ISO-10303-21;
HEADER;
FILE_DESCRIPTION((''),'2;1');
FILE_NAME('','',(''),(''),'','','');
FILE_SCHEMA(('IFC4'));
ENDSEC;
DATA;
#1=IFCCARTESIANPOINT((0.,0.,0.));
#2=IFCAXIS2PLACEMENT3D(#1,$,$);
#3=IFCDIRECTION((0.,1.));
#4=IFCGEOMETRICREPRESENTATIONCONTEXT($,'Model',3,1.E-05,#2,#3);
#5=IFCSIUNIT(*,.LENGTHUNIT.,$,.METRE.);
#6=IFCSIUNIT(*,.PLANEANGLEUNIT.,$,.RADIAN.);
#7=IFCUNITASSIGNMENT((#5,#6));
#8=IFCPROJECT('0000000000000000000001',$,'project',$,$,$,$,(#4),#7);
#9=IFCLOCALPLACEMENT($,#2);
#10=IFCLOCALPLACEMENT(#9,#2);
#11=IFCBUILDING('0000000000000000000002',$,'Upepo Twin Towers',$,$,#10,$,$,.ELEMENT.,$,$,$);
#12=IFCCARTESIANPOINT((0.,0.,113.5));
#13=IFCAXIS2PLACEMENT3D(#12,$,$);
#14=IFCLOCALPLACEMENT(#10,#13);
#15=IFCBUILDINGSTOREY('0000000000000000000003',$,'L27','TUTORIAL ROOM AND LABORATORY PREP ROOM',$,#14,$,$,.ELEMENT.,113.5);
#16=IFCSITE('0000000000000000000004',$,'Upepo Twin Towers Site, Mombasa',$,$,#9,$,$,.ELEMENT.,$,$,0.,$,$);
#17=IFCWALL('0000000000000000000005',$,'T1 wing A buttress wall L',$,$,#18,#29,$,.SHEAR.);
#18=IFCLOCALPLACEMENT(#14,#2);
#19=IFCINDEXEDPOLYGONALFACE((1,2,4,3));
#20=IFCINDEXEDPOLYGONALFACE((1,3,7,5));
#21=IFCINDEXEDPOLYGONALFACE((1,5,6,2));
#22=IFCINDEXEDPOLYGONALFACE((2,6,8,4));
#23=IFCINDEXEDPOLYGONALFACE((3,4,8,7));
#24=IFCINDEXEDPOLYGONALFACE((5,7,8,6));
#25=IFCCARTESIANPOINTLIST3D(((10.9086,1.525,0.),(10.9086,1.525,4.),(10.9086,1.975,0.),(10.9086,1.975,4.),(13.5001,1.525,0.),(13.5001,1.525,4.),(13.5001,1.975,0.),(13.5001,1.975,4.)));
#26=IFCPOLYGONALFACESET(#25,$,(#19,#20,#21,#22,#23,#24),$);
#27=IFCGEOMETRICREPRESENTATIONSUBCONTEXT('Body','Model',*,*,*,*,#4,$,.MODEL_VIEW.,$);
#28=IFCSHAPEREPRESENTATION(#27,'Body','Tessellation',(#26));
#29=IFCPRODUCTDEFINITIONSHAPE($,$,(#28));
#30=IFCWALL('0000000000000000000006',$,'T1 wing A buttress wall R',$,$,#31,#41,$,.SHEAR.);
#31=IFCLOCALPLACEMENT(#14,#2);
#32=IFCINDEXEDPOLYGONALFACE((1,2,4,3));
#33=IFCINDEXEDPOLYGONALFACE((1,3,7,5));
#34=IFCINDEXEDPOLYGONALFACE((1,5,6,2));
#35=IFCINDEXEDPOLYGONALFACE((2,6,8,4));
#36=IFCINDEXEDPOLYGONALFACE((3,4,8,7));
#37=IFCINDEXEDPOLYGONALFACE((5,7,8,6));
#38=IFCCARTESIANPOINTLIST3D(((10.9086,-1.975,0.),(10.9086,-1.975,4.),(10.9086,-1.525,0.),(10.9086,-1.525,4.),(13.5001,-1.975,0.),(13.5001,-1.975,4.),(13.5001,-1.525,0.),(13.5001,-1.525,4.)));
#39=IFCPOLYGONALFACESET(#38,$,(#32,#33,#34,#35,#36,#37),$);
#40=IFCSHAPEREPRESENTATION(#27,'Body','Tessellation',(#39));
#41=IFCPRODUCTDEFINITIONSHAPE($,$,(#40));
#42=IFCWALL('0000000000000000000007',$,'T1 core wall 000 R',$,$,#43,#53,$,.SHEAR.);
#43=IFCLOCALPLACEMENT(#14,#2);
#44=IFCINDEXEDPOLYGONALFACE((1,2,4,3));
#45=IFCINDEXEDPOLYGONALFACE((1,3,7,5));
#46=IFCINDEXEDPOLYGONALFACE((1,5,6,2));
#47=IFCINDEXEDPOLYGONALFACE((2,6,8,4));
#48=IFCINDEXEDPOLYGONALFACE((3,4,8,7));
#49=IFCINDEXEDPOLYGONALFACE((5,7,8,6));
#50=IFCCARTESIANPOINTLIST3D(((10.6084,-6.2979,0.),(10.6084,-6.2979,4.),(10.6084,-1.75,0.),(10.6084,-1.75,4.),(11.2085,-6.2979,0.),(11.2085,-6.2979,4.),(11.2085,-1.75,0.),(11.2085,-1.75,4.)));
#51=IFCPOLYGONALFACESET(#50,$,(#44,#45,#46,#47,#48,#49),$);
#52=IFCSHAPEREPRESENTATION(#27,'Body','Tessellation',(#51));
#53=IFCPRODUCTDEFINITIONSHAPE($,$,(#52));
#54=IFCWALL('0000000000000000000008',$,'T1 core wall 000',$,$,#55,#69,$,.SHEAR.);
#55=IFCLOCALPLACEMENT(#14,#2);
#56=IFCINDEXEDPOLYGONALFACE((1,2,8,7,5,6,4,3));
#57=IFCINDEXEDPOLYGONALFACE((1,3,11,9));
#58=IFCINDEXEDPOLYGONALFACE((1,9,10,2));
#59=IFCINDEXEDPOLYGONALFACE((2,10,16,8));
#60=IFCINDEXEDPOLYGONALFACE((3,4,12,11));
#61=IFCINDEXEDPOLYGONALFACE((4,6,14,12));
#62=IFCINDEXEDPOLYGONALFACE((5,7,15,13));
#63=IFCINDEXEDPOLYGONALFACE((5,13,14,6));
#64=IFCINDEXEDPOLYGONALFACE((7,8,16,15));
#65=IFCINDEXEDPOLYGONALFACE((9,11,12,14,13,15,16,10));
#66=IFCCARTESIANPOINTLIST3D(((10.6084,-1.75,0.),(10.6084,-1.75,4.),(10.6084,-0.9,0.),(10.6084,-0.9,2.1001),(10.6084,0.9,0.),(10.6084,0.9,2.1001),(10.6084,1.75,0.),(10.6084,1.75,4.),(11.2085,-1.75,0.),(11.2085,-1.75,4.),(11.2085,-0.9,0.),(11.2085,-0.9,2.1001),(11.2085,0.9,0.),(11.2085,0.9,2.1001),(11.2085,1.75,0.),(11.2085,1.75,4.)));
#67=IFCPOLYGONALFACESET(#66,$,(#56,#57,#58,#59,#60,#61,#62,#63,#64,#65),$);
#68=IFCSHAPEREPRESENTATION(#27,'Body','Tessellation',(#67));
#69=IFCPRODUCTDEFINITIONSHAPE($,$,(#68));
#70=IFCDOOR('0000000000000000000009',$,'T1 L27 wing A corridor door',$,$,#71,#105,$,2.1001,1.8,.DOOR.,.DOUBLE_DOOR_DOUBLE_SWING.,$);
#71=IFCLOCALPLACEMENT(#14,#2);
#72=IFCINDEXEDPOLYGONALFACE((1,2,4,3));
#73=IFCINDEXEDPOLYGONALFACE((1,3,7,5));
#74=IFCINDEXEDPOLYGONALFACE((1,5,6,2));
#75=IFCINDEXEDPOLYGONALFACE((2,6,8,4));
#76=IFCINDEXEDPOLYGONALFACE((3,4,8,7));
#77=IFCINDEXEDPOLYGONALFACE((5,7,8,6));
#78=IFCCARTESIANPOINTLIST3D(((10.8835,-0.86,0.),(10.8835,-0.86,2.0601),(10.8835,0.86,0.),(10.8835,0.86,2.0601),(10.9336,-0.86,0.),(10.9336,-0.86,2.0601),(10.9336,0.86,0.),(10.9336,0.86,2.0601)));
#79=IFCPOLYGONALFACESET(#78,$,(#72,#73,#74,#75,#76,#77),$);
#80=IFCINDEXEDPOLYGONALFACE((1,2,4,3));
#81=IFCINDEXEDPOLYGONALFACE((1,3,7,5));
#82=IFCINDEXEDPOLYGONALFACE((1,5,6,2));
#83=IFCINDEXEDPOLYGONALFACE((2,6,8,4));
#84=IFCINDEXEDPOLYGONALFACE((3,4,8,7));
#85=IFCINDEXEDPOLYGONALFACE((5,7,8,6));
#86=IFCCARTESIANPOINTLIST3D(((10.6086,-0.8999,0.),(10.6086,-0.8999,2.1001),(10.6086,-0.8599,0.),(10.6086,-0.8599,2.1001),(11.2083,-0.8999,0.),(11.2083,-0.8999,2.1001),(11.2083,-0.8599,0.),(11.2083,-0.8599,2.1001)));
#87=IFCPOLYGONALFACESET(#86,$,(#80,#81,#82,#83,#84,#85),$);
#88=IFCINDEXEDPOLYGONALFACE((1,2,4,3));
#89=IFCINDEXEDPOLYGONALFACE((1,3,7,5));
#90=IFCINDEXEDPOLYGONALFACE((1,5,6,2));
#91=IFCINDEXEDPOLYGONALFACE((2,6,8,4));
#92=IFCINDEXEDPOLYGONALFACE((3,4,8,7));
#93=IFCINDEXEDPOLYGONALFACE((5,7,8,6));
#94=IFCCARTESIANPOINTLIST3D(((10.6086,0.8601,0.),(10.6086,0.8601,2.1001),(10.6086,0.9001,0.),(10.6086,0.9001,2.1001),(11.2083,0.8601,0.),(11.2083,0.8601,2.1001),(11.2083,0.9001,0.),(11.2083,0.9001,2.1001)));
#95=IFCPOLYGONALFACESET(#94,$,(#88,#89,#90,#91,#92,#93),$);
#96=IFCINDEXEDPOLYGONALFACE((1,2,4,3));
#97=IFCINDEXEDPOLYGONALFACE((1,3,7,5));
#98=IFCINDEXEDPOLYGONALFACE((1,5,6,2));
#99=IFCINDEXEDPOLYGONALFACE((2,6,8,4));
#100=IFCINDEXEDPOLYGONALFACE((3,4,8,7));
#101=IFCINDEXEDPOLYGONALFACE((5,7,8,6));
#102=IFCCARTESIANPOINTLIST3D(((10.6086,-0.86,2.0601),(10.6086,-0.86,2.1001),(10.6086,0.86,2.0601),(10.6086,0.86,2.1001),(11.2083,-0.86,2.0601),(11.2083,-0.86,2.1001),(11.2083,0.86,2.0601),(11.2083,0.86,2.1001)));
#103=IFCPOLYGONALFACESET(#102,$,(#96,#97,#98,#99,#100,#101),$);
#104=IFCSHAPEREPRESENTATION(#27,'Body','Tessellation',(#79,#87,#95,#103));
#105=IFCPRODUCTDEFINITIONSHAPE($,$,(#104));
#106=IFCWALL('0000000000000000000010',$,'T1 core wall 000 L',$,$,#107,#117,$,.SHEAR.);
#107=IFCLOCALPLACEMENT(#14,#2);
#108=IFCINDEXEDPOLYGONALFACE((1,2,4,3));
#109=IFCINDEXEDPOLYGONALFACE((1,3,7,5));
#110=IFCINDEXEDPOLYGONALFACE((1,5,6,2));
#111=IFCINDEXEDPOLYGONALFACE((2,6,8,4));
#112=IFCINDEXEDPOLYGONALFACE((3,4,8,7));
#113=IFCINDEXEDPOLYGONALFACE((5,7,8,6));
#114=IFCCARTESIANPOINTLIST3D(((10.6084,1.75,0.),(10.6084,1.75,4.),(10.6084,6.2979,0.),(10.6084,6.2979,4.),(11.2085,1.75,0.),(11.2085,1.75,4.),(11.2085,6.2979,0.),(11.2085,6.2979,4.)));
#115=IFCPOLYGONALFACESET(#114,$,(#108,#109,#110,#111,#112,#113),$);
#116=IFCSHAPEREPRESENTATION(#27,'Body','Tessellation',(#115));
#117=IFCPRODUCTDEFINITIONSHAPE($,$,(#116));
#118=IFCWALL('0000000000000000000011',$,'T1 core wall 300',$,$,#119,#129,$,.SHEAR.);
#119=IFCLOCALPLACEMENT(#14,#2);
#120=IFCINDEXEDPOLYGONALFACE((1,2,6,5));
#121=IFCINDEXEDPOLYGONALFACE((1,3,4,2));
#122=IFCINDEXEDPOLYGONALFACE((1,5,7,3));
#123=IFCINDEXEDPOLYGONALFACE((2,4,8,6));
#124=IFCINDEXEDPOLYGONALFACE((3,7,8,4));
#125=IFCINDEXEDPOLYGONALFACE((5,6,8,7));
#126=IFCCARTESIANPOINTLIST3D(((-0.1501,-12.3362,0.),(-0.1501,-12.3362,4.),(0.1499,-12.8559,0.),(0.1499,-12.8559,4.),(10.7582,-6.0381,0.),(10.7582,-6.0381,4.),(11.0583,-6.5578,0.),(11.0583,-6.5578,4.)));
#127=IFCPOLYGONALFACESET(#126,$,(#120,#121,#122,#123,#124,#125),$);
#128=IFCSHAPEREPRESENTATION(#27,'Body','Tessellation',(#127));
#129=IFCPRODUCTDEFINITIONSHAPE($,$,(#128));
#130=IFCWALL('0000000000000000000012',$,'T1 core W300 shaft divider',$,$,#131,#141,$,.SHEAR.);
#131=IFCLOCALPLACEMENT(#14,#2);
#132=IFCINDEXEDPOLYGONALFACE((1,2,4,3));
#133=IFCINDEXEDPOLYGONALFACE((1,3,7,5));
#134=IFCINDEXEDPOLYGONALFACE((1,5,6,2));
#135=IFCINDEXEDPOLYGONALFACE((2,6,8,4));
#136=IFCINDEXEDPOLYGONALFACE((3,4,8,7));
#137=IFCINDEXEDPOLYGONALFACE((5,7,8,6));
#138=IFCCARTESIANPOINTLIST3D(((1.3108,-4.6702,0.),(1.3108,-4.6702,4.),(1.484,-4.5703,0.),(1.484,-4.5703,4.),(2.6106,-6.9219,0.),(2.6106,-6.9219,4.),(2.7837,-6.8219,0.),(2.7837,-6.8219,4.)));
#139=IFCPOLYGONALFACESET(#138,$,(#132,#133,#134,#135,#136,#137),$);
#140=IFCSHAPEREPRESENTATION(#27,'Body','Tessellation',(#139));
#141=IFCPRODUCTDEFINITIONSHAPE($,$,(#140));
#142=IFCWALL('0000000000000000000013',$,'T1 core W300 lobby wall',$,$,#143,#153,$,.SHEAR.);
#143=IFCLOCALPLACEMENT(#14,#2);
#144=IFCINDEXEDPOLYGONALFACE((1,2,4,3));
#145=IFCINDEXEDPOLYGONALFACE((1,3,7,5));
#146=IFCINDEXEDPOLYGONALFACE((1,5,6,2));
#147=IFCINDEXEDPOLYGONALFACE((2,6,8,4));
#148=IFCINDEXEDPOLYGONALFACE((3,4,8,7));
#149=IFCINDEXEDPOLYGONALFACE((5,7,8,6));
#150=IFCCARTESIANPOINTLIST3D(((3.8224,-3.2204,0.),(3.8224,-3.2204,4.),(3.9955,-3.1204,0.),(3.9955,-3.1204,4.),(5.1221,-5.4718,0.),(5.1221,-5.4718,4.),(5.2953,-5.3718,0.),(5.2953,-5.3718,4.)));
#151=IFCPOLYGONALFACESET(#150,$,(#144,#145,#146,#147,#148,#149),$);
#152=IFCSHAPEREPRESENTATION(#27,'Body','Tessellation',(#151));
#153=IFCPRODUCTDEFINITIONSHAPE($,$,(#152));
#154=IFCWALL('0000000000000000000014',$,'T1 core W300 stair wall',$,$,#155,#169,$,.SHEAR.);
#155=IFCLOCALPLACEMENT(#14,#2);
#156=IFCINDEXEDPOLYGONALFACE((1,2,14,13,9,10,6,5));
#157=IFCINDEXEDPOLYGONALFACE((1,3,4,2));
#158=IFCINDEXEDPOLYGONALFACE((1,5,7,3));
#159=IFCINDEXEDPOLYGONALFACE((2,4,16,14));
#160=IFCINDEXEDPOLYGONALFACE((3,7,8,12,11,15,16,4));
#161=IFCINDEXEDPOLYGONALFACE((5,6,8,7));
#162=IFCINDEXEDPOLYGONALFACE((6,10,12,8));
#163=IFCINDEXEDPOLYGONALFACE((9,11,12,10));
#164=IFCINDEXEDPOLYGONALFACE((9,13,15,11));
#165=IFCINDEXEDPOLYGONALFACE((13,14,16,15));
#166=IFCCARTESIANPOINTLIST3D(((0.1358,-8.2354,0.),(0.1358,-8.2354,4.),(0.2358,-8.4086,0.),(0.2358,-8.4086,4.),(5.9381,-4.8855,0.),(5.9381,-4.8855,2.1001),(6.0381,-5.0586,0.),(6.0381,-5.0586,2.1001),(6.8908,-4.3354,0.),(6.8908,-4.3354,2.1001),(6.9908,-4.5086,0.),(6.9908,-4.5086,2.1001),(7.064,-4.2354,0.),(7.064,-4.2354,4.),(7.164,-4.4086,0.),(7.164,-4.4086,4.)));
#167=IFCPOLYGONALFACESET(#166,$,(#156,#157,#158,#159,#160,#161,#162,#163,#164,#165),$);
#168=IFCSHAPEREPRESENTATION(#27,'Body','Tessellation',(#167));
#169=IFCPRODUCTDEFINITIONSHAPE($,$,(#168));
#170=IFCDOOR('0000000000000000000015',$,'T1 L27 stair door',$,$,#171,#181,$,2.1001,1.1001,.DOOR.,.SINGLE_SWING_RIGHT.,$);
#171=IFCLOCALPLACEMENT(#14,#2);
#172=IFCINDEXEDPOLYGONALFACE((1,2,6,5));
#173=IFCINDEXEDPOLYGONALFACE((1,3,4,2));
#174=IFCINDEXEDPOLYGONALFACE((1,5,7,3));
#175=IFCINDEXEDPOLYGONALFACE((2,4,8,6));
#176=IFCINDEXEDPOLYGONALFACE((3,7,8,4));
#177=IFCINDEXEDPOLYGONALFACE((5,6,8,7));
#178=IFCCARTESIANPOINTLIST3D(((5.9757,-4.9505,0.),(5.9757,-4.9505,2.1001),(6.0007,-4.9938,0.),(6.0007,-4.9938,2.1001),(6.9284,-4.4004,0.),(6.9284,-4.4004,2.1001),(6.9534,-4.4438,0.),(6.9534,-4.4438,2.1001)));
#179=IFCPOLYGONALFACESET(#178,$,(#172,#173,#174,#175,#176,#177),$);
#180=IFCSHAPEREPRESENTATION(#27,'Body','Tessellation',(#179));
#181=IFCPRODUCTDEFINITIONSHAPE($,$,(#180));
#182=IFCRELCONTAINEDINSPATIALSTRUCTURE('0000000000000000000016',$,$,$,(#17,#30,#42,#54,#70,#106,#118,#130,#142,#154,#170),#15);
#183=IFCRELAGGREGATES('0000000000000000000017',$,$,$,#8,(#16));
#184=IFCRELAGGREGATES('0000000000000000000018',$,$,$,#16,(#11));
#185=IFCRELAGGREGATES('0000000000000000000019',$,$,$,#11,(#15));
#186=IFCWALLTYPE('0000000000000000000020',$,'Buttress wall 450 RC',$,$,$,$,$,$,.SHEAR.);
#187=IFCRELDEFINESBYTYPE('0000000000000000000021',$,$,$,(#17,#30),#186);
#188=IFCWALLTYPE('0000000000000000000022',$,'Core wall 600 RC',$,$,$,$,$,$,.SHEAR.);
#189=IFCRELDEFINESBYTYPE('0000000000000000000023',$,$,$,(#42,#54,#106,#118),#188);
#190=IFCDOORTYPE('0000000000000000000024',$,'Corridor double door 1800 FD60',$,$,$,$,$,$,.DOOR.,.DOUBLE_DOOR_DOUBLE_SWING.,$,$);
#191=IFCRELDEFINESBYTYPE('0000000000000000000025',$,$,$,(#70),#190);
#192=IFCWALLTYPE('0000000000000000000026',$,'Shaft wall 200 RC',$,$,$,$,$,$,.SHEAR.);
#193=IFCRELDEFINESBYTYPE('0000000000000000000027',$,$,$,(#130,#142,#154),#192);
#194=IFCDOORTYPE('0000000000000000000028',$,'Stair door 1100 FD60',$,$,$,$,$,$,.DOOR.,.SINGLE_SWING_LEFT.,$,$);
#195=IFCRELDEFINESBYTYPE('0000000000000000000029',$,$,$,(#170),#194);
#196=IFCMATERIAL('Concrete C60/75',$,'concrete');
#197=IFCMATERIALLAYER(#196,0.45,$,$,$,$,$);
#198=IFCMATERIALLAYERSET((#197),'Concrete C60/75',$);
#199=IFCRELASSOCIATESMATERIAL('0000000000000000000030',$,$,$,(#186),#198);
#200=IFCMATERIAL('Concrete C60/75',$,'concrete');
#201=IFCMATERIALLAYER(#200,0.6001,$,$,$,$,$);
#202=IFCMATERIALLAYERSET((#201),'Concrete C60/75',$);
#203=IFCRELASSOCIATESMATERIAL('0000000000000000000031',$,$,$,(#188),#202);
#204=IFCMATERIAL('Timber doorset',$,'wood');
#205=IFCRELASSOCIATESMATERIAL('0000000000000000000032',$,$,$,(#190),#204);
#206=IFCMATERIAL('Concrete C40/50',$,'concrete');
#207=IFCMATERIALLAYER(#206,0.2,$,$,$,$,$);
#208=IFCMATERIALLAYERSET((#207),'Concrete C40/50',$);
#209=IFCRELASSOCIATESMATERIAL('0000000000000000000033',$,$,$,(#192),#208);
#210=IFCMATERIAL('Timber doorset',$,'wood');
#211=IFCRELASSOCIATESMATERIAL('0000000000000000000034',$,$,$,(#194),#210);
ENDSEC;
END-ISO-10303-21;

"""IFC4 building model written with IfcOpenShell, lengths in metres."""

from ifc_helpers import new_model, si_unit, direction, frame, frame_2d, origin, place, context, subcontext, project, spatial, rectangle, extrude, material, layer, layer_set, type_object, element, fill, save


model = new_model("IFC4")

# Units and contexts
model_context = context("Model", 3, precision=1e-05, world=origin(), true_north=direction((0.0, 1.0)))
body_context = subcontext(model_context, "Body", "Model", "MODEL_VIEW")
ifc_project = project(units=[si_unit("LENGTHUNIT", "METRE"), si_unit("PLANEANGLEUNIT", "RADIAN")], contexts=[model_context])

# Site, building, storey
site_placement = place(None, origin())
site = spatial("IfcSite", under=ifc_project, at=site_placement, Name="Upepo Twin Towers Site, Mombasa", CompositionType="ELEMENT", RefElevation=0.0)
building_placement = place(site_placement, origin())
building = spatial("IfcBuilding", under=site, at=building_placement, Name="Upepo Twin Towers", CompositionType="ELEMENT")
storey_placement = place(building_placement, frame((0.0, 0.0, 113.5)))
storey = spatial("IfcBuildingStorey", under=building, at=storey_placement, Name="L27", Description="TUTORIAL ROOM AND LABORATORY PREP ROOM", CompositionType="ELEMENT", Elevation=113.5)

# Walls
ifc_material_1 = material(Name="Concrete C60/75", Category="concrete")
ifc_layer_1 = layer(ifc_material_1, 0.45)
ifc_layer_set_1 = layer_set([ifc_layer_1], Name="Concrete C60/75")
wall_type_1 = type_object("IfcWallType", Name="Buttress wall 450 RC", PredefinedType="SHEAR", material=ifc_layer_set_1)
for number, where, z_axis, x_axis, name in (
    (1, (10.9084, 1.75, 0.0), (0.0, 0.0, 1.0), (1.0, 0.0, 0.0), "T1 wing A buttress wall L"),
    (2, (10.9084, -1.75, 0.0), (0.0, 0.0, 1.0), (1.0, 0.0, 0.0), "T1 wing A buttress wall R"),
):
    element("IfcWall", number, at=place(storey_placement, frame(where, z_axis=z_axis, x_axis=x_axis)), inside=storey, type_object=wall_type_1, Name=name, PredefinedType="SHEAR", context=body_context, shape_type="SweptSolid", body=[
        extrude(rectangle(XDim=2.5916, YDim=0.45, at=frame_2d((1.2959, 0.0))), origin(), (0.0, 0.0, 1.0), 4.0),
    ])
ifc_material_2 = material(Name="Concrete C60/75", Category="concrete")
ifc_layer_2 = layer(ifc_material_2, 0.6001)
ifc_layer_set_2 = layer_set([ifc_layer_2], Name="Concrete C60/75")
wall_type_2 = type_object("IfcWallType", Name="Core wall 600 RC", PredefinedType="SHEAR", material=ifc_layer_set_2)
wall_1_placement = place(storey_placement, frame((10.9084, -6.2979, 0.0), z_axis=(0.0, 0.0, 1.0), x_axis=(0.0, 1.0, 0.0)))
element("IfcWall", 3, at=wall_1_placement, inside=storey, type_object=wall_type_2, Name="T1 core wall 000 R", PredefinedType="SHEAR", context=body_context, shape_type="SweptSolid", body=[
    extrude(rectangle(XDim=4.5479, YDim=0.6001, at=frame_2d((2.2739, 0.0))), origin(), (0.0, 0.0, 1.0), 4.0),
])

# Wall, opening, door
wall_2_placement = place(storey_placement, frame((10.9084, -1.75, 0.0), z_axis=(0.0, 0.0, 1.0), x_axis=(0.0, 1.0, 0.0)))
wall_2 = element("IfcWall", 4, at=wall_2_placement, inside=storey, type_object=wall_type_2, Name="T1 core wall 000", PredefinedType="SHEAR", context=body_context, shape_type="SweptSolid", body=[
    extrude(rectangle(XDim=3.5, YDim=0.6001, at=frame_2d((1.75, 0.0))), origin(), (0.0, 0.0, 1.0), 4.0),
])
opening_1_placement = place(wall_2_placement, frame((0.8501, 0.0, 0.0)))
opening_1 = element("IfcOpeningElement", 5, at=opening_1_placement, cuts=wall_2, PredefinedType="OPENING", context=body_context, shape_type="SweptSolid", body=[
    extrude(rectangle(XDim=1.8, YDim=2.1001, at=frame_2d((0.8999, 1.05))), frame((0.0, 0.3101, 0.0), z_axis=(0.0, -1.0, 0.0), x_axis=(1.0, 0.0, 0.0)), (0.0, 0.0, 1.0), 0.6201),
])
ifc_material_3 = material(Name="Timber doorset", Category="wood")
door_type_1 = type_object("IfcDoorType", Name="Corridor double door 1800 FD60", OperationType="DOUBLE_DOOR_DOUBLE_SWING", PredefinedType="DOOR", material=ifc_material_3)
door_1_placement = place(opening_1_placement, origin())
door_1 = element("IfcDoor", 6, at=door_1_placement, inside=storey, type_object=door_type_1, Name="T1 L27 wing A corridor door", OperationType="DOUBLE_DOOR_DOUBLE_SWING", OverallHeight=2.1001, OverallWidth=1.8, PredefinedType="DOOR", context=body_context, shape_type="SweptSolid", body=[
    extrude(rectangle(XDim=1.72, YDim=2.0601, at=frame_2d((0.8999, 1.03))), frame((0.0, 0.0249, 0.0), z_axis=(0.0, -1.0, 0.0), x_axis=(1.0, 0.0, 0.0)), (0.0, 0.0, 1.0), 0.05),
    extrude(rectangle(XDim=0.04, YDim=2.1001, at=frame_2d((0.02, 1.05))), frame((0.0, 0.2998, 0.0), z_axis=(0.0, -1.0, 0.0), x_axis=(1.0, 0.0, 0.0)), (0.0, 0.0, 1.0), 0.5996),
    extrude(rectangle(XDim=0.04, YDim=2.1001, at=frame_2d((1.78, 1.05))), frame((0.0, 0.2998, 0.0), z_axis=(0.0, -1.0, 0.0), x_axis=(1.0, 0.0, 0.0)), (0.0, 0.0, 1.0), 0.5996),
    extrude(rectangle(XDim=1.72, YDim=0.04, at=frame_2d((0.8999, 2.0801))), frame((0.0, 0.2998, 0.0), z_axis=(0.0, -1.0, 0.0), x_axis=(1.0, 0.0, 0.0)), (0.0, 0.0, 1.0), 0.5996),
])
fill(opening_1, door_1)

# Walls
wall_3_placement = place(storey_placement, frame((10.9084, 1.75, 0.0), z_axis=(0.0, 0.0, 1.0), x_axis=(0.0, 1.0, 0.0)))
element("IfcWall", 7, at=wall_3_placement, inside=storey, type_object=wall_type_2, Name="T1 core wall 000 L", PredefinedType="SHEAR", context=body_context, shape_type="SweptSolid", body=[
    extrude(rectangle(XDim=4.5479, YDim=0.6001, at=frame_2d((2.2739, 0.0))), origin(), (0.0, 0.0, 1.0), 4.0),
])
wall_4_placement = place(storey_placement, frame((0.0, -12.5959, 0.0), z_axis=(0.0, 0.0, 1.0), x_axis=(0.866022, 0.500006, 0.0)))
element("IfcWall", 8, at=wall_4_placement, inside=storey, type_object=wall_type_2, Name="T1 core wall 300", PredefinedType="SHEAR", context=body_context, shape_type="SweptSolid", body=[
    extrude(rectangle(XDim=12.5959, YDim=0.6001, at=frame_2d((6.2979, 0.0))), origin(), (0.0, 0.0, 1.0), 4.0),
])
ifc_material_4 = material(Name="Concrete C40/50", Category="concrete")
ifc_layer_3 = layer(ifc_material_4, 0.2)
ifc_layer_set_3 = layer_set([ifc_layer_3], Name="Concrete C40/50")
wall_type_3 = type_object("IfcWallType", Name="Shaft wall 200 RC", PredefinedType="SHEAR", material=ifc_layer_set_3)
wall_5_placement = place(storey_placement, frame((1.3975, -4.6204, 0.0), z_axis=(0.0, 0.0, 1.0), x_axis=(0.499937, -0.866062, 0.0)))
element("IfcWall", 9, at=wall_5_placement, inside=storey, type_object=wall_type_3, Name="T1 core W300 shaft divider", PredefinedType="SHEAR", context=body_context, shape_type="SweptSolid", body=[
    extrude(rectangle(XDim=2.5999, YDim=0.2, at=frame_2d((1.2998, 0.0))), origin(), (0.0, 0.0, 1.0), 4.0),
])
wall_6_placement = place(storey_placement, frame((3.9089, -3.1704, 0.0), z_axis=(0.0, 0.0, 1.0), x_axis=(0.499977, -0.866039, 0.0)))
element("IfcWall", 10, at=wall_6_placement, inside=storey, type_object=wall_type_3, Name="T1 core W300 lobby wall", PredefinedType="SHEAR", context=body_context, shape_type="SweptSolid", body=[
    extrude(rectangle(XDim=2.5996, YDim=0.2, at=frame_2d((1.2998, 0.0))), origin(), (0.0, 0.0, 1.0), 4.0),
])

# Wall, opening, door
wall_7_placement = place(storey_placement, frame((0.1858, -8.322, 0.0), z_axis=(0.0, 0.0, 1.0), x_axis=(0.866026, 0.499999, 0.0)))
wall_7 = element("IfcWall", 11, at=wall_7_placement, inside=storey, type_object=wall_type_3, Name="T1 core W300 stair wall", PredefinedType="SHEAR", context=body_context, shape_type="SweptSolid", body=[
    extrude(rectangle(XDim=8.0, YDim=0.2, at=frame_2d((4.0, 0.0))), origin(), (0.0, 0.0, 1.0), 4.0),
])
opening_2_placement = place(wall_7_placement, frame((6.7, 0.0, 0.0)))
opening_2 = element("IfcOpeningElement", 12, at=opening_2_placement, cuts=wall_7, PredefinedType="OPENING", context=body_context, shape_type="SweptSolid", body=[
    extrude(rectangle(XDim=1.1001, YDim=2.1001, at=frame_2d((0.55, 1.05))), frame((0.0, 0.1099, 0.0), z_axis=(0.0, -1.0, 0.0), x_axis=(1.0, 0.0, 0.0)), (0.0, 0.0, 1.0), 0.22),
])
ifc_material_5 = material(Name="Timber doorset", Category="wood")
door_type_2 = type_object("IfcDoorType", Name="Stair door 1100 FD60", OperationType="SINGLE_SWING_LEFT", PredefinedType="DOOR", material=ifc_material_5)
door_2_placement = place(opening_2_placement, origin())
door_2 = element("IfcDoor", 13, at=door_2_placement, inside=storey, type_object=door_type_2, Name="T1 L27 stair door", OperationType="SINGLE_SWING_RIGHT", OverallHeight=2.1001, OverallWidth=1.1001, PredefinedType="DOOR", context=body_context, shape_type="SweptSolid", body=[
    extrude(rectangle(XDim=1.1001, YDim=2.1001, at=frame_2d((0.55, 1.05))), frame((0.0, 0.0249, 0.0), z_axis=(0.0, -1.0, 0.0), x_axis=(1.0, 0.0, 0.0)), (0.0, 0.0, 1.0), 0.05),
])
fill(opening_2, door_2)

save(model, "model.ifc")
